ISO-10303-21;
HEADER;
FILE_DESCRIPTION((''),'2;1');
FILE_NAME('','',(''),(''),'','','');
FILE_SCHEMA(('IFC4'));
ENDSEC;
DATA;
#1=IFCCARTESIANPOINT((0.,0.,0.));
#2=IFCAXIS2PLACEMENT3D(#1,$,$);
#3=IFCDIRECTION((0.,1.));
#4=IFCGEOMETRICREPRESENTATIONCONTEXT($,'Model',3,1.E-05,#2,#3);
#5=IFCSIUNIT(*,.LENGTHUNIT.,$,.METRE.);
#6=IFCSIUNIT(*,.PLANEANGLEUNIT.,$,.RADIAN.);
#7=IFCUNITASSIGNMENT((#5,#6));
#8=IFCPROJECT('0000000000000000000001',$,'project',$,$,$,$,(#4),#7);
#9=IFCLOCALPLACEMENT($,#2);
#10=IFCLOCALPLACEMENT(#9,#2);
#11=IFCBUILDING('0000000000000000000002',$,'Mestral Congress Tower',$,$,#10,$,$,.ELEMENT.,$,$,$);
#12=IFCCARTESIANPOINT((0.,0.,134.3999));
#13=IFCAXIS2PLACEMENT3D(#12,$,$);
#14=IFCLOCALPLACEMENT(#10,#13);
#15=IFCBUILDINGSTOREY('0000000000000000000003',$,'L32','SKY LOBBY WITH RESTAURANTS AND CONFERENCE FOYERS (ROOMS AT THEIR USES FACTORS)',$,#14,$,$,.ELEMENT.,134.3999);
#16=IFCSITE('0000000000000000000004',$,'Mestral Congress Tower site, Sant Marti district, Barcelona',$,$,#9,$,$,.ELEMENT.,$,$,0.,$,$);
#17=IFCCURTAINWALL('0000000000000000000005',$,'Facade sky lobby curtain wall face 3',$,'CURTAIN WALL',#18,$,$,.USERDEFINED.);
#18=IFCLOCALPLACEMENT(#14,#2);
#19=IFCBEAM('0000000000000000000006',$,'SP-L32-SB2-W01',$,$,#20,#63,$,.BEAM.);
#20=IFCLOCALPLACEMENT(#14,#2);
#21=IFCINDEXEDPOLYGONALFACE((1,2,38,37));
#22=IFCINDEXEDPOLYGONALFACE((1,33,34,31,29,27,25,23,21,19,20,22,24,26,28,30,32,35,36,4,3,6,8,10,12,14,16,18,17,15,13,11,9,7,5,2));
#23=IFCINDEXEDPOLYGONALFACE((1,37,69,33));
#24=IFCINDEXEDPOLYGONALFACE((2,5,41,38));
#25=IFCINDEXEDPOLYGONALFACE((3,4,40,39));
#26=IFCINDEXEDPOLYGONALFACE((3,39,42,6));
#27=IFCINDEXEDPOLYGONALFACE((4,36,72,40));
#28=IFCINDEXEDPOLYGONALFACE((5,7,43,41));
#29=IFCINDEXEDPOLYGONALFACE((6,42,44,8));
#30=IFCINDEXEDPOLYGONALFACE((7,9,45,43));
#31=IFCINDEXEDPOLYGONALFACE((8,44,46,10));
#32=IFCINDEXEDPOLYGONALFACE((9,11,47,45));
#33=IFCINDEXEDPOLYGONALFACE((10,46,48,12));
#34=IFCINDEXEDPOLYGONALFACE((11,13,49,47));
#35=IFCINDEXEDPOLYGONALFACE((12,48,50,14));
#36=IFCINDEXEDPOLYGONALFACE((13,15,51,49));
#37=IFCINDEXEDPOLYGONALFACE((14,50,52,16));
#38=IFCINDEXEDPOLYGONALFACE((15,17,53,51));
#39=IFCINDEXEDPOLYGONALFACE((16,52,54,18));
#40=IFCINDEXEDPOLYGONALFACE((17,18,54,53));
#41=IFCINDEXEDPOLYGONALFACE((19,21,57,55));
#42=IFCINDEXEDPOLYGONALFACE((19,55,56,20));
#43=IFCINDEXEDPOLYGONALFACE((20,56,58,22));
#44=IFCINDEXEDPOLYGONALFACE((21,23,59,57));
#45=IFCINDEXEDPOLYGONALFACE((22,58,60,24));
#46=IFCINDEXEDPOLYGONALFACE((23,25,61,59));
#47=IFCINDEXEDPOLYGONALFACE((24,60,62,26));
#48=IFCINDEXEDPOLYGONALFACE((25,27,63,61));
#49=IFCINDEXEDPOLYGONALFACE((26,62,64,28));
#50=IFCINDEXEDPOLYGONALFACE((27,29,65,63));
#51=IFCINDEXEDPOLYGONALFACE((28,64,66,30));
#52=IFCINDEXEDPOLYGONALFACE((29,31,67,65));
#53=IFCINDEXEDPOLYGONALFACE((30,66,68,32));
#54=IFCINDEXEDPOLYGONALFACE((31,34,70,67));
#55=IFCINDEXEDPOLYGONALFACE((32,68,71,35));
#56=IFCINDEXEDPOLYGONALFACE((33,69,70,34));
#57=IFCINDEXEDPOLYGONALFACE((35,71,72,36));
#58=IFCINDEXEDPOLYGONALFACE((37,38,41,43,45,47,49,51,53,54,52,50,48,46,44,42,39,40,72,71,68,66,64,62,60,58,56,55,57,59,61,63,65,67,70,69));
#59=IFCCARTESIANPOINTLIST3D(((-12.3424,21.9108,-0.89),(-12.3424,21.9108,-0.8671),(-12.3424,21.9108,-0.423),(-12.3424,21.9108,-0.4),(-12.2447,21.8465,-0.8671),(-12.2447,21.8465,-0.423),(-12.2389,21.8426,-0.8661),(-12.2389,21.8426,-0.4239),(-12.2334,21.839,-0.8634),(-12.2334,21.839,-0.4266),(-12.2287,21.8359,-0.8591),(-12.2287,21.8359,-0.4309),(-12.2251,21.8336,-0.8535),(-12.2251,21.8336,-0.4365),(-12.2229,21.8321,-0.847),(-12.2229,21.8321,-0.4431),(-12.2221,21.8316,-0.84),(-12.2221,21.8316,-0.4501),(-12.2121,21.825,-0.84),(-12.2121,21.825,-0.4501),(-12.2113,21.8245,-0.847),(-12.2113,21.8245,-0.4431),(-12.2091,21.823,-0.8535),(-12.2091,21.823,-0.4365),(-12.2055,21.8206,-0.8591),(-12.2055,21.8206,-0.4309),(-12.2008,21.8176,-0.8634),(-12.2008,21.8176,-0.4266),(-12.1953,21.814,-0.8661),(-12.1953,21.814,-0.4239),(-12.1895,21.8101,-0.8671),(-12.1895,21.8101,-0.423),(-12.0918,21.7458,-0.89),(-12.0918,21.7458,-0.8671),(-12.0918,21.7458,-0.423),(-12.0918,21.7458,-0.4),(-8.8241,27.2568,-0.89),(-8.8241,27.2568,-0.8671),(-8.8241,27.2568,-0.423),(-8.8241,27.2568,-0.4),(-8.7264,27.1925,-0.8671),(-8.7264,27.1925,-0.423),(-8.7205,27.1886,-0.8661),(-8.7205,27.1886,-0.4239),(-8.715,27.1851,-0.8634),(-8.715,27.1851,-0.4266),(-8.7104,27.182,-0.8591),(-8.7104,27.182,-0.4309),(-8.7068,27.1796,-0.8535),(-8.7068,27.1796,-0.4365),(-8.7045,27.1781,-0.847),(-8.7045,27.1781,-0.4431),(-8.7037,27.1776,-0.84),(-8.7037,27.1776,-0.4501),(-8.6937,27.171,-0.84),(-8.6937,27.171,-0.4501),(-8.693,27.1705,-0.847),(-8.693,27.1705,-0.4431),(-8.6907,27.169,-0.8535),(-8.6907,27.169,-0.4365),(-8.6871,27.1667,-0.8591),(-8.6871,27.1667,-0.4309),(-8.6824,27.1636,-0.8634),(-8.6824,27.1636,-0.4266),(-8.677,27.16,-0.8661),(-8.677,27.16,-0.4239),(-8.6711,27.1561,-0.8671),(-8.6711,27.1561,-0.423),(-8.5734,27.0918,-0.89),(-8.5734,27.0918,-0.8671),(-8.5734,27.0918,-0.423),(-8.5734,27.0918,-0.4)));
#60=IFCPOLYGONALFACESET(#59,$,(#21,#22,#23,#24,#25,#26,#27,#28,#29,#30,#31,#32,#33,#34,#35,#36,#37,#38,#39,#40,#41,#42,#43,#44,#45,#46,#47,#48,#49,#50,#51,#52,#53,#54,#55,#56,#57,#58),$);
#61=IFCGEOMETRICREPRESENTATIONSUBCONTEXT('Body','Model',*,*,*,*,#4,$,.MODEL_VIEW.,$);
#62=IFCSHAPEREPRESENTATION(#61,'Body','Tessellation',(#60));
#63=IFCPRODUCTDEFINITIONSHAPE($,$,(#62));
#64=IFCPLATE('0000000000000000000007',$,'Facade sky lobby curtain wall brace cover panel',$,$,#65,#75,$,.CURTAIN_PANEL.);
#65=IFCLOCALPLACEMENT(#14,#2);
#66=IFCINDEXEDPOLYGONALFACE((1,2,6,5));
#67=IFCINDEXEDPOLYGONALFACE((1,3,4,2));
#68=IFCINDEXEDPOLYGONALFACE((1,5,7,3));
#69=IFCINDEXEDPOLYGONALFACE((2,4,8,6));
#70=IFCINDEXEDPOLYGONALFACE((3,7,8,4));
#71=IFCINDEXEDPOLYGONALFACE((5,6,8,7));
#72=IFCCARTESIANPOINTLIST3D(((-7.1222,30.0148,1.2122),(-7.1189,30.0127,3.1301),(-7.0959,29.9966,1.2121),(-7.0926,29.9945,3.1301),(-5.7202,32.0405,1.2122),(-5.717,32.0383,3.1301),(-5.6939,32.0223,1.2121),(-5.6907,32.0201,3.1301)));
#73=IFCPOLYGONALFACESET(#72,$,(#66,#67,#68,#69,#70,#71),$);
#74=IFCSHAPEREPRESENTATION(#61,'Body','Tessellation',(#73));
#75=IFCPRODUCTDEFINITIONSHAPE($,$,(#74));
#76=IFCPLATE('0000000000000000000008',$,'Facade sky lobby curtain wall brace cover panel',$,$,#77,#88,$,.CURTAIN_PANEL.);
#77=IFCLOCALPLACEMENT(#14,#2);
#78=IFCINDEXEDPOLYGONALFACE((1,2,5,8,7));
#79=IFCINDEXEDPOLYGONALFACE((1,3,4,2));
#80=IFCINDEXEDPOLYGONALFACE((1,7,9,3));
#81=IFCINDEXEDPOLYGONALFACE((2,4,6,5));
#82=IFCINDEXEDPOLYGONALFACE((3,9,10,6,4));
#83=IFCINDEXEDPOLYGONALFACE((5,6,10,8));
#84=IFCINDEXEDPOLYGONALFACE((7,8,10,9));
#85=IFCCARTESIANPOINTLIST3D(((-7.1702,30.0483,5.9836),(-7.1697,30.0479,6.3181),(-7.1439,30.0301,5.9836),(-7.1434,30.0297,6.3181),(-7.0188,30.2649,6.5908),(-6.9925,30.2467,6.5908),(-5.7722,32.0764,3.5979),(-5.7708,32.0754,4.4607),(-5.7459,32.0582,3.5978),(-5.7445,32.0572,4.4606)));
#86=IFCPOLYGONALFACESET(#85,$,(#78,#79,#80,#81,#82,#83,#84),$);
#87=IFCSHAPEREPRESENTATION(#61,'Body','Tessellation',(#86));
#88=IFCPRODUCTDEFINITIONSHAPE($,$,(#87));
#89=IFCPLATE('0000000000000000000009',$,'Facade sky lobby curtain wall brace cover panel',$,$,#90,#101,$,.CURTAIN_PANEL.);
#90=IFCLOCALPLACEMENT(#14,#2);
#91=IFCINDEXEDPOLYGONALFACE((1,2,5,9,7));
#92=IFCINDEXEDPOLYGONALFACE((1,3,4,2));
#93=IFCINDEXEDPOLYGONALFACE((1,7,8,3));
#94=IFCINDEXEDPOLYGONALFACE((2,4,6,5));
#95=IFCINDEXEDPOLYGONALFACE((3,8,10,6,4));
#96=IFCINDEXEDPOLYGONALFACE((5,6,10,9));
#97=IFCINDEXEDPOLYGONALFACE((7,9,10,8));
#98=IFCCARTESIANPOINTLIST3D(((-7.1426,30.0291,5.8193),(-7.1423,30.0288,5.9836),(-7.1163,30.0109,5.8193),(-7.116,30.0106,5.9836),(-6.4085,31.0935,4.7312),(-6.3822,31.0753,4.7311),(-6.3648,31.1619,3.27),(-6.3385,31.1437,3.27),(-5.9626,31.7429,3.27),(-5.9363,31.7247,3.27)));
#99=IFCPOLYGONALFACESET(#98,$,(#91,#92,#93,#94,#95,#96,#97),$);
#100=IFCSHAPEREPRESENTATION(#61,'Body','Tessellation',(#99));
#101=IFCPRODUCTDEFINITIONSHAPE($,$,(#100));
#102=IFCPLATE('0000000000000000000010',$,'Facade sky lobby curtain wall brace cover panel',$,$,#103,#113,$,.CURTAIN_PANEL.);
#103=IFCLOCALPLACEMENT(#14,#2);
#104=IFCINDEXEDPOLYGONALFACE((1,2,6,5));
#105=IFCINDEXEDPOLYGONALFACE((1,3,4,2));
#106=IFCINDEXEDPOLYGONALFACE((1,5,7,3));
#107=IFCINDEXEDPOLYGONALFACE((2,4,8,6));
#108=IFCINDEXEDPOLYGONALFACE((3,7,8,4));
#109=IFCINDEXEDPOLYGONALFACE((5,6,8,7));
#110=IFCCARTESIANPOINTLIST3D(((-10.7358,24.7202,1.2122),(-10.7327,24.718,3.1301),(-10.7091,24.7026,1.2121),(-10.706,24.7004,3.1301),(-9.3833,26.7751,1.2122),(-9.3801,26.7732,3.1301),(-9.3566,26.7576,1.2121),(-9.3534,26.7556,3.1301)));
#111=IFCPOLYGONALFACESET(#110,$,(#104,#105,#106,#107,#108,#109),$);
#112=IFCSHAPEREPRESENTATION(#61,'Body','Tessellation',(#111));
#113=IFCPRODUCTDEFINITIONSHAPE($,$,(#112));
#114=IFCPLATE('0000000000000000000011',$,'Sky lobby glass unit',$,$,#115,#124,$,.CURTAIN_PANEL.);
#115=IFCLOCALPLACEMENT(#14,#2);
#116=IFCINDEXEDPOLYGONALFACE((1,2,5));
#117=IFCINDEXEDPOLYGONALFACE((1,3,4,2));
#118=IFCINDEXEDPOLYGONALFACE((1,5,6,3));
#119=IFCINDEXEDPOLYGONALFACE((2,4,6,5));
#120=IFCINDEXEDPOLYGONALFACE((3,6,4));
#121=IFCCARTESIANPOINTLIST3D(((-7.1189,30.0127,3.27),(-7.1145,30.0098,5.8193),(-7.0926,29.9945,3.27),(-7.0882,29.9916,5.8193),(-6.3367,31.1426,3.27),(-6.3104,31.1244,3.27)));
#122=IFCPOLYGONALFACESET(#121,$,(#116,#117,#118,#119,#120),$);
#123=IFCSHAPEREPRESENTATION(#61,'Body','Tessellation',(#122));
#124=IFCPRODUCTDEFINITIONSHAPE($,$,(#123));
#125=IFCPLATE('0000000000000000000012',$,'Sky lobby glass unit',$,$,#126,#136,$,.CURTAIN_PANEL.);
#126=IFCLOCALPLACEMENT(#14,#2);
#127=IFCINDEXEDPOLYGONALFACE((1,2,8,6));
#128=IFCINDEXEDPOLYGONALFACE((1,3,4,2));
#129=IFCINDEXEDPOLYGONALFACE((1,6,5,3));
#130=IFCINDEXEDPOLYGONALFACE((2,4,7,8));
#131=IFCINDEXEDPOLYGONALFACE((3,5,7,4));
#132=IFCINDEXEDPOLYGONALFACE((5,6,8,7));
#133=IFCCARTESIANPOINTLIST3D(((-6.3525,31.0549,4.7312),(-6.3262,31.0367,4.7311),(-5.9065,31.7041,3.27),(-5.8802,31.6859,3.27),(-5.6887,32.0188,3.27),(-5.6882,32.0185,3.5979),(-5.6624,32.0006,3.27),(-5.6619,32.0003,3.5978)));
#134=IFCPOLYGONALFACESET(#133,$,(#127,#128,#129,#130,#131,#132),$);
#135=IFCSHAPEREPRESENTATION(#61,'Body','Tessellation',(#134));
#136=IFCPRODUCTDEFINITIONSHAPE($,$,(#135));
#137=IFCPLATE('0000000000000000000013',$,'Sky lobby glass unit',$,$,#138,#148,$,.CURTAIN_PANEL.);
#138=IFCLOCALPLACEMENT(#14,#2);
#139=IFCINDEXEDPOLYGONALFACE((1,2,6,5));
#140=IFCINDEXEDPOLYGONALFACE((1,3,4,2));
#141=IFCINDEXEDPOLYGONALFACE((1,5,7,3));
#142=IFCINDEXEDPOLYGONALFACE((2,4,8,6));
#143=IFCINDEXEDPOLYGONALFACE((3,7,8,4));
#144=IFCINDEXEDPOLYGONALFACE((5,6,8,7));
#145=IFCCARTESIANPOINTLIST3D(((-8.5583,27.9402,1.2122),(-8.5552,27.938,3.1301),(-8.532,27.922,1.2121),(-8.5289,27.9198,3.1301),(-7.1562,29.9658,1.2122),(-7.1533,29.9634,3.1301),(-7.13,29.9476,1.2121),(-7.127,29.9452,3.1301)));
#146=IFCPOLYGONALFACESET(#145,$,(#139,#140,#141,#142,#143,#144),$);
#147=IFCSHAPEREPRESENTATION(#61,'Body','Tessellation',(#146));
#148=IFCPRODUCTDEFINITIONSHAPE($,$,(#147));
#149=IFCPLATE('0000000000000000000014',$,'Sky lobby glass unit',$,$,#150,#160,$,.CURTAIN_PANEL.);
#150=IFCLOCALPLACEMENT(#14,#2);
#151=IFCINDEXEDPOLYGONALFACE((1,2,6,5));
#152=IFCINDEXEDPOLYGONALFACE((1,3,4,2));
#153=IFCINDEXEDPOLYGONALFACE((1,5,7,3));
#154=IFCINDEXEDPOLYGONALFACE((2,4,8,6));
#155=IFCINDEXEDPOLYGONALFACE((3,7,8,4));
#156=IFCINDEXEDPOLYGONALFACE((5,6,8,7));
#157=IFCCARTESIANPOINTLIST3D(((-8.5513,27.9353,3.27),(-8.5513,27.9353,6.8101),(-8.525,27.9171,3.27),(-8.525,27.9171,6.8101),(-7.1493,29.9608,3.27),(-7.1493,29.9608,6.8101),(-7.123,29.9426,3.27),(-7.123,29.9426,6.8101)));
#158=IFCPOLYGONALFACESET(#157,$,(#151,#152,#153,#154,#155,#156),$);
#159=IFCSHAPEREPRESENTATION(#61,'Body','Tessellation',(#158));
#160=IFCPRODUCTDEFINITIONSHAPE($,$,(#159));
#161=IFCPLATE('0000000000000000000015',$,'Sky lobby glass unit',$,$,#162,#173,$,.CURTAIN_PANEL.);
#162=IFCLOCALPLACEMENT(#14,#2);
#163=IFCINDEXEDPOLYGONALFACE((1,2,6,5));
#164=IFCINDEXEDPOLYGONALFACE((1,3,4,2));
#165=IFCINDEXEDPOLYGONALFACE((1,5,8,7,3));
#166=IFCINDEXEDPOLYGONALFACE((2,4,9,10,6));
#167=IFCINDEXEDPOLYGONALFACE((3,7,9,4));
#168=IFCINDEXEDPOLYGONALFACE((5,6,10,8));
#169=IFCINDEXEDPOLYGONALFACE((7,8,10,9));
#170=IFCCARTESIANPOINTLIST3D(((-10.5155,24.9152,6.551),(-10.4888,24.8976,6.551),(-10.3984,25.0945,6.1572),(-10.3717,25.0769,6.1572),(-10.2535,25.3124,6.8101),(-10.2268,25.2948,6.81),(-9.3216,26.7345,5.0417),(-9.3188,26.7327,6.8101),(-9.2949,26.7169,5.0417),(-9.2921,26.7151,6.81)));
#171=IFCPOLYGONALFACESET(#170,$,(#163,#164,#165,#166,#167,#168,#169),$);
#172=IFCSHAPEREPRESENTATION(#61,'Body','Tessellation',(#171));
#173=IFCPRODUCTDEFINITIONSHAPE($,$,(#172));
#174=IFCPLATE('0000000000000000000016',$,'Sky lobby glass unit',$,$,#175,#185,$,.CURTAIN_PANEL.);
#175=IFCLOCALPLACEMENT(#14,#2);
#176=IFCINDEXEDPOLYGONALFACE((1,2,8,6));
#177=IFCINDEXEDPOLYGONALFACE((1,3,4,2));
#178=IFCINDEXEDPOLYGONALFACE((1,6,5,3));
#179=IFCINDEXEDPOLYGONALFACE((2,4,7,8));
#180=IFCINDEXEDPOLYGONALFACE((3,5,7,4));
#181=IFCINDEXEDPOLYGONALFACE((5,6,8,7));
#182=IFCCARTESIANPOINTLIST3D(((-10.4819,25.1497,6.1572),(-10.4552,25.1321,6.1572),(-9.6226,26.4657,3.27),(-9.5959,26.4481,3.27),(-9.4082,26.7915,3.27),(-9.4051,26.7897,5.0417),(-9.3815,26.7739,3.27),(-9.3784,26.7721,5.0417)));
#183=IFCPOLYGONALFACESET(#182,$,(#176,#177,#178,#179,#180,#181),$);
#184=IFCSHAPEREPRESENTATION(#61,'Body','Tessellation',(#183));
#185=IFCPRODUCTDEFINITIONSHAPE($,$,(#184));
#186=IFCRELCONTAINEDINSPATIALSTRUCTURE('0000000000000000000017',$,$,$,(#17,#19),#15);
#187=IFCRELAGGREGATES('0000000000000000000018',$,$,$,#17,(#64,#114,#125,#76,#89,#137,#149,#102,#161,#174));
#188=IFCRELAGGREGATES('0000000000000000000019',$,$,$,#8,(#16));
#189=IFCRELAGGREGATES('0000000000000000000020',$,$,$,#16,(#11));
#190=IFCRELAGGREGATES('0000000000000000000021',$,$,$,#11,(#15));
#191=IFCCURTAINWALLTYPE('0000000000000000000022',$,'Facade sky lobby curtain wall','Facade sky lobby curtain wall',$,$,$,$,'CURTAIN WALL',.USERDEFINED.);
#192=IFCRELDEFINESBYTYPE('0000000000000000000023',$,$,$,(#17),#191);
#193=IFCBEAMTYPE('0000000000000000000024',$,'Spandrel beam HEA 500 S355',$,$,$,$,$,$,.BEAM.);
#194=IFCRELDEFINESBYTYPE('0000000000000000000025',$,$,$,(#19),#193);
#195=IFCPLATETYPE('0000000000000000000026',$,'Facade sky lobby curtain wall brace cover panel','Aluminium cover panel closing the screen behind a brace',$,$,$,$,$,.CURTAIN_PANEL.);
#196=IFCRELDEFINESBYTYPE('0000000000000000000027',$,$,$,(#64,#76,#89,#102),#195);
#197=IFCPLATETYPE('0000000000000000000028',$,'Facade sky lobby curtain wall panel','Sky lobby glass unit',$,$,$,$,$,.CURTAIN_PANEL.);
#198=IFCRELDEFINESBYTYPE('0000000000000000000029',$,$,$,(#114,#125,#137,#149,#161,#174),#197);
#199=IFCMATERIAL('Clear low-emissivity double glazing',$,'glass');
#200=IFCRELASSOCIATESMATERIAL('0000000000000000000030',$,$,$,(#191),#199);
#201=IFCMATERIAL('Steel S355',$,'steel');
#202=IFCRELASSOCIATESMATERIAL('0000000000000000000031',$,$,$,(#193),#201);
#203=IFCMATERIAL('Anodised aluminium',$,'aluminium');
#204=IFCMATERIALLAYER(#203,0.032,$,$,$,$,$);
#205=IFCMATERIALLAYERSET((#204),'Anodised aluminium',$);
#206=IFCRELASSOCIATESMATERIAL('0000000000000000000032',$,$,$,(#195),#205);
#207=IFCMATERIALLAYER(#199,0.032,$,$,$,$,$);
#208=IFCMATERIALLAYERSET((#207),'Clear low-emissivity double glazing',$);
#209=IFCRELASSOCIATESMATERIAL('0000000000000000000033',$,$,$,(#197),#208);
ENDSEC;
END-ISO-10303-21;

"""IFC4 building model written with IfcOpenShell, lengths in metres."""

from ifc_helpers import new_model, si_unit, direction, frame, origin, origin_2d, place, context, subcontext, project, spatial, polyline, rectangle, i_section, outline, extrude, material, layer, layer_set, material_profile, profile_set, type_object, element, aggregate, save


model = new_model("IFC4")

# Units and contexts
model_context = context("Model", 3, precision=1e-05, world=origin(), true_north=direction((0.0, 1.0)))
body_context = subcontext(model_context, "Body", "Model", "MODEL_VIEW")
ifc_project = project(units=[si_unit("LENGTHUNIT", "METRE"), si_unit("PLANEANGLEUNIT", "RADIAN")], contexts=[model_context])

# Site, building, storey
site_placement = place(None, origin())
site = spatial("IfcSite", under=ifc_project, at=site_placement, Name="Mestral Congress Tower site, Sant Marti district, Barcelona", CompositionType="ELEMENT", RefElevation=0.0)
building_placement = place(site_placement, origin())
building = spatial("IfcBuilding", under=site, at=building_placement, Name="Mestral Congress Tower", CompositionType="ELEMENT")
storey_placement = place(building_placement, frame((0.0, 0.0, 134.3999)))
storey = spatial("IfcBuildingStorey", under=building, at=storey_placement, Name="L32", Description="SKY LOBBY WITH RESTAURANTS AND CONFERENCE FOYERS (ROOMS AT THEIR USES FACTORS)", CompositionType="ELEMENT", Elevation=134.3999)

# Shared definitions
ifc_material_1 = material(Name="Steel S355", Category="steel")

# Curtain wall
ifc_material_2 = material(Name="Clear low-emissivity double glazing", Category="glass")
curtain_wall_type = type_object("IfcCurtainWallType", Name="Facade sky lobby curtain wall", Description="Facade sky lobby curtain wall", ElementType="CURTAIN WALL", PredefinedType="USERDEFINED", material=ifc_material_2)
curtain_wall_placement = place(storey_placement, origin())
curtain_wall = element("IfcCurtainWall", 1, at=curtain_wall_placement, inside=storey, type_object=curtain_wall_type, Name="Facade sky lobby curtain wall face 3", ObjectType="CURTAIN WALL", PredefinedType="USERDEFINED")
ifc_material_3 = material(Name="Anodised aluminium", Category="aluminium")

# Beam
ifc_material_profile_1 = material_profile(ifc_material_1, i_section(OverallWidth=0.3, OverallDepth=0.49, WebThickness=0.012, FlangeThickness=0.0229, FilletRadius=0.0271, at=origin_2d()), Name="HEA 500")
ifc_profile_set_1 = profile_set([ifc_material_profile_1], Name="Steel S355")
beam_type_1 = type_object("IfcBeamType", Name="Spandrel beam HEA 500 S355", PredefinedType="BEAM", material=ifc_profile_set_1)
beam_1_placement = place(storey_placement, frame((-8.6987, 27.1743, -0.645), z_axis=(-0.549752, -0.835328, 0.0), x_axis=(0.835328, -0.549752, 0.0)))
element("IfcBeam", 2, at=beam_1_placement, inside=storey, type_object=beam_type_1, Name="SP-L32-SB2-W01", PredefinedType="BEAM", context=body_context, shape_type="SweptSolid", body=[
    extrude(i_section(OverallWidth=0.3, OverallDepth=0.49, WebThickness=0.012, FlangeThickness=0.0229, FilletRadius=0.0271, at=origin_2d()), origin(), (0.0, 0.0, 1.0), 6.3999),
])

# Plates
ifc_layer_1 = layer(ifc_material_3, 0.032)
ifc_layer_set_1 = layer_set([ifc_layer_1], Name="Anodised aluminium")
plate_type_1 = type_object("IfcPlateType", Name="Facade sky lobby curtain wall brace cover panel", Description="Aluminium cover panel closing the screen behind a brace", PredefinedType="CURTAIN_PANEL", material=ifc_layer_set_1)
plate_1_placement = place(storey_placement, frame((-7.1189, 30.0127, 3.1301), z_axis=(-0.822264, 0.569103, 0.002065), x_axis=(-0.001739, 0.001116, -0.999998)))
plate_1 = element("IfcPlate", 3, at=plate_1_placement, type_object=plate_type_1, Name="Facade sky lobby curtain wall brace cover panel", PredefinedType="CURTAIN_PANEL", context=body_context, shape_type="SweptSolid", body=[
    extrude(outline(polyline([(0.0, 0.0), (1.918, 0.0), (1.9178, -2.4636), (-0.0002, -2.4634), (0.0, 0.0)])), origin(), (0.0, 0.0, -1.0), 0.032),
])
plate_2_placement = place(storey_placement, frame((-7.1702, 30.0483, 5.9836), z_axis=(-0.822234, 0.569146, 0.00202), x_axis=(0.407668, 0.591419, -0.695723)))
plate_2 = element("IfcPlate", 4, at=plate_2_placement, type_object=plate_type_1, Name="Facade sky lobby curtain wall brace cover panel", PredefinedType="CURTAIN_PANEL", context=body_context, shape_type="SweptSolid", body=[
    extrude(outline(polyline([(0.0, 0.0), (3.4292, 0.0), (2.8289, -0.6198), (-0.2326, -0.62), (-0.2328, -0.2402), (0.0, 0.0)])), origin(), (0.0, 0.0, -1.0), 0.032),
])
plate_3_placement = place(storey_placement, frame((-5.9626, 31.7429, 3.27), z_axis=(-0.822252, 0.56912, 0.002036), x_axis=(-0.268588, -0.391198, 0.880241)))
plate_3 = element("IfcPlate", 5, at=plate_3_placement, type_object=plate_type_1, Name="Facade sky lobby curtain wall brace cover panel", PredefinedType="CURTAIN_PANEL", context=body_context, shape_type="SweptSolid", body=[
    extrude(outline(polyline([(0.0, 0.0), (1.66, 0.0), (3.376, -0.5439), (3.2314, -0.6219), (0.3353, -0.622), (0.0, 0.0)])), origin(), (0.0, 0.0, -1.0), 0.032),
])
plate_4_placement = place(storey_placement, frame((-10.7327, 24.718, 3.1301), z_axis=(-0.835317, 0.549766, 0.001977), x_axis=(-0.001626, 0.001126, -0.999998)))
plate_4 = element("IfcPlate", 6, at=plate_4_placement, type_object=plate_type_1, Name="Facade sky lobby curtain wall brace cover panel", PredefinedType="CURTAIN_PANEL", context=body_context, shape_type="SweptSolid", body=[
    extrude(outline(polyline([(0.0, 0.0), (1.918, 0.0), (1.9181, -2.4601), (0.0001, -2.4603), (0.0, 0.0)])), origin(), (0.0, 0.0, -1.0), 0.032),
])
ifc_layer_2 = layer(ifc_material_2, 0.032)
ifc_layer_set_2 = layer_set([ifc_layer_2], Name="Clear low-emissivity double glazing")
plate_type_2 = type_object("IfcPlateType", Name="Facade sky lobby curtain wall panel", Description="Sky lobby glass unit", PredefinedType="CURTAIN_PANEL", material=ifc_layer_set_2)
plate_5_placement = place(storey_placement, frame((-7.1189, 30.0127, 3.27), z_axis=(-0.82219, 0.569209, 0.002071), x_axis=(0.56921, 0.822192, 0.0)))
plate_5 = element("IfcPlate", 7, at=plate_5_placement, type_object=plate_type_2, Name="Sky lobby glass unit", PredefinedType="CURTAIN_PANEL", context=body_context, shape_type="SweptSolid", body=[
    extrude(outline(polyline([(0.0, 0.0), (1.3742, 0.0), (0.0001, -2.5493), (0.0, 0.0)])), origin(), (0.0, 0.0, -1.0), 0.032),
])
plate_6_placement = place(storey_placement, frame((-5.6887, 32.0188, 3.27), z_axis=(-0.822348, 0.568983, 0.001734), x_axis=(0.00156, -0.000794, 0.999998)))
plate_6 = element("IfcPlate", 8, at=plate_6_placement, type_object=plate_type_2, Name="Sky lobby glass unit", PredefinedType="CURTAIN_PANEL", context=body_context, shape_type="SweptSolid", body=[
    extrude(outline(polyline([(0.0, 0.0), (0.3279, 0.0), (1.4609, -1.1707), (-0.0001, -0.3827), (0.0, 0.0)])), origin(), (0.0, 0.0, -1.0), 0.032),
])
plate_7_placement = place(storey_placement, frame((-8.5552, 27.938, 3.1301), z_axis=(-0.822248, 0.569126, 0.001997), x_axis=(-0.001642, 0.001136, -0.999998)))
plate_7 = element("IfcPlate", 9, at=plate_7_placement, type_object=plate_type_2, Name="Sky lobby glass unit", PredefinedType="CURTAIN_PANEL", context=body_context, shape_type="SweptSolid", body=[
    extrude(outline(polyline([(0.0, 0.0), (1.918, 0.0), (1.918, -2.4636), (0.0, -2.4632), (0.0, 0.0)])), origin(), (0.0, 0.0, -1.0), 0.032),
])
plate_8_placement = place(storey_placement, frame((-7.8372, 28.939, 3.27), z_axis=(0.0, 0.0, 1.0), x_axis=(-0.569137, -0.822242, 0.0)))
plate_8 = element("IfcPlate", 10, at=plate_8_placement, type_object=plate_type_2, Name="Sky lobby glass unit", PredefinedType="CURTAIN_PANEL", context=body_context, shape_type="SweptSolid", body=[
    extrude(rectangle(XDim=2.4634, YDim=0.032, at=origin_2d()), origin(), (0.0, 0.0, 1.0), 3.54),
])
plate_9_placement = place(storey_placement, frame((-10.3984, 25.0945, 6.1572), z_axis=(-0.835331, 0.549744, 0.001888), x_axis=(0.477123, 0.726681, -0.494256)))
plate_9 = element("IfcPlate", 11, at=plate_9_placement, type_object=plate_type_2, Name="Sky lobby glass unit", PredefinedType="CURTAIN_PANEL", context=body_context, shape_type="SweptSolid", body=[
    extrude(outline(polyline([(0.0, 0.0), (2.2569, 0.0), (1.3829, -1.5372), (-0.0952, -0.6969), (-0.3808, -0.2365), (0.0, 0.0)])), origin(), (0.0, 0.0, -1.0), 0.032),
])
plate_10_placement = place(storey_placement, frame((-9.4082, 26.7915, 3.27), z_axis=(-0.835288, 0.549809, 0.002018), x_axis=(0.001743, -0.001023, 0.999998)))
plate_10 = element("IfcPlate", 12, at=plate_10_placement, type_object=plate_type_2, Name="Sky lobby glass unit", PredefinedType="CURTAIN_PANEL", context=body_context, shape_type="SweptSolid", body=[
    extrude(outline(polyline([(0.0, 0.0), (1.7717, 0.0), (2.887, -1.9621), (0.0, -0.39), (0.0, 0.0)])), origin(), (0.0, 0.0, -1.0), 0.032),
])
aggregate(curtain_wall, [plate_1, plate_5, plate_6, plate_2, plate_3, plate_7, plate_8, plate_4, plate_9, plate_10])

save(model, "model.ifc")
